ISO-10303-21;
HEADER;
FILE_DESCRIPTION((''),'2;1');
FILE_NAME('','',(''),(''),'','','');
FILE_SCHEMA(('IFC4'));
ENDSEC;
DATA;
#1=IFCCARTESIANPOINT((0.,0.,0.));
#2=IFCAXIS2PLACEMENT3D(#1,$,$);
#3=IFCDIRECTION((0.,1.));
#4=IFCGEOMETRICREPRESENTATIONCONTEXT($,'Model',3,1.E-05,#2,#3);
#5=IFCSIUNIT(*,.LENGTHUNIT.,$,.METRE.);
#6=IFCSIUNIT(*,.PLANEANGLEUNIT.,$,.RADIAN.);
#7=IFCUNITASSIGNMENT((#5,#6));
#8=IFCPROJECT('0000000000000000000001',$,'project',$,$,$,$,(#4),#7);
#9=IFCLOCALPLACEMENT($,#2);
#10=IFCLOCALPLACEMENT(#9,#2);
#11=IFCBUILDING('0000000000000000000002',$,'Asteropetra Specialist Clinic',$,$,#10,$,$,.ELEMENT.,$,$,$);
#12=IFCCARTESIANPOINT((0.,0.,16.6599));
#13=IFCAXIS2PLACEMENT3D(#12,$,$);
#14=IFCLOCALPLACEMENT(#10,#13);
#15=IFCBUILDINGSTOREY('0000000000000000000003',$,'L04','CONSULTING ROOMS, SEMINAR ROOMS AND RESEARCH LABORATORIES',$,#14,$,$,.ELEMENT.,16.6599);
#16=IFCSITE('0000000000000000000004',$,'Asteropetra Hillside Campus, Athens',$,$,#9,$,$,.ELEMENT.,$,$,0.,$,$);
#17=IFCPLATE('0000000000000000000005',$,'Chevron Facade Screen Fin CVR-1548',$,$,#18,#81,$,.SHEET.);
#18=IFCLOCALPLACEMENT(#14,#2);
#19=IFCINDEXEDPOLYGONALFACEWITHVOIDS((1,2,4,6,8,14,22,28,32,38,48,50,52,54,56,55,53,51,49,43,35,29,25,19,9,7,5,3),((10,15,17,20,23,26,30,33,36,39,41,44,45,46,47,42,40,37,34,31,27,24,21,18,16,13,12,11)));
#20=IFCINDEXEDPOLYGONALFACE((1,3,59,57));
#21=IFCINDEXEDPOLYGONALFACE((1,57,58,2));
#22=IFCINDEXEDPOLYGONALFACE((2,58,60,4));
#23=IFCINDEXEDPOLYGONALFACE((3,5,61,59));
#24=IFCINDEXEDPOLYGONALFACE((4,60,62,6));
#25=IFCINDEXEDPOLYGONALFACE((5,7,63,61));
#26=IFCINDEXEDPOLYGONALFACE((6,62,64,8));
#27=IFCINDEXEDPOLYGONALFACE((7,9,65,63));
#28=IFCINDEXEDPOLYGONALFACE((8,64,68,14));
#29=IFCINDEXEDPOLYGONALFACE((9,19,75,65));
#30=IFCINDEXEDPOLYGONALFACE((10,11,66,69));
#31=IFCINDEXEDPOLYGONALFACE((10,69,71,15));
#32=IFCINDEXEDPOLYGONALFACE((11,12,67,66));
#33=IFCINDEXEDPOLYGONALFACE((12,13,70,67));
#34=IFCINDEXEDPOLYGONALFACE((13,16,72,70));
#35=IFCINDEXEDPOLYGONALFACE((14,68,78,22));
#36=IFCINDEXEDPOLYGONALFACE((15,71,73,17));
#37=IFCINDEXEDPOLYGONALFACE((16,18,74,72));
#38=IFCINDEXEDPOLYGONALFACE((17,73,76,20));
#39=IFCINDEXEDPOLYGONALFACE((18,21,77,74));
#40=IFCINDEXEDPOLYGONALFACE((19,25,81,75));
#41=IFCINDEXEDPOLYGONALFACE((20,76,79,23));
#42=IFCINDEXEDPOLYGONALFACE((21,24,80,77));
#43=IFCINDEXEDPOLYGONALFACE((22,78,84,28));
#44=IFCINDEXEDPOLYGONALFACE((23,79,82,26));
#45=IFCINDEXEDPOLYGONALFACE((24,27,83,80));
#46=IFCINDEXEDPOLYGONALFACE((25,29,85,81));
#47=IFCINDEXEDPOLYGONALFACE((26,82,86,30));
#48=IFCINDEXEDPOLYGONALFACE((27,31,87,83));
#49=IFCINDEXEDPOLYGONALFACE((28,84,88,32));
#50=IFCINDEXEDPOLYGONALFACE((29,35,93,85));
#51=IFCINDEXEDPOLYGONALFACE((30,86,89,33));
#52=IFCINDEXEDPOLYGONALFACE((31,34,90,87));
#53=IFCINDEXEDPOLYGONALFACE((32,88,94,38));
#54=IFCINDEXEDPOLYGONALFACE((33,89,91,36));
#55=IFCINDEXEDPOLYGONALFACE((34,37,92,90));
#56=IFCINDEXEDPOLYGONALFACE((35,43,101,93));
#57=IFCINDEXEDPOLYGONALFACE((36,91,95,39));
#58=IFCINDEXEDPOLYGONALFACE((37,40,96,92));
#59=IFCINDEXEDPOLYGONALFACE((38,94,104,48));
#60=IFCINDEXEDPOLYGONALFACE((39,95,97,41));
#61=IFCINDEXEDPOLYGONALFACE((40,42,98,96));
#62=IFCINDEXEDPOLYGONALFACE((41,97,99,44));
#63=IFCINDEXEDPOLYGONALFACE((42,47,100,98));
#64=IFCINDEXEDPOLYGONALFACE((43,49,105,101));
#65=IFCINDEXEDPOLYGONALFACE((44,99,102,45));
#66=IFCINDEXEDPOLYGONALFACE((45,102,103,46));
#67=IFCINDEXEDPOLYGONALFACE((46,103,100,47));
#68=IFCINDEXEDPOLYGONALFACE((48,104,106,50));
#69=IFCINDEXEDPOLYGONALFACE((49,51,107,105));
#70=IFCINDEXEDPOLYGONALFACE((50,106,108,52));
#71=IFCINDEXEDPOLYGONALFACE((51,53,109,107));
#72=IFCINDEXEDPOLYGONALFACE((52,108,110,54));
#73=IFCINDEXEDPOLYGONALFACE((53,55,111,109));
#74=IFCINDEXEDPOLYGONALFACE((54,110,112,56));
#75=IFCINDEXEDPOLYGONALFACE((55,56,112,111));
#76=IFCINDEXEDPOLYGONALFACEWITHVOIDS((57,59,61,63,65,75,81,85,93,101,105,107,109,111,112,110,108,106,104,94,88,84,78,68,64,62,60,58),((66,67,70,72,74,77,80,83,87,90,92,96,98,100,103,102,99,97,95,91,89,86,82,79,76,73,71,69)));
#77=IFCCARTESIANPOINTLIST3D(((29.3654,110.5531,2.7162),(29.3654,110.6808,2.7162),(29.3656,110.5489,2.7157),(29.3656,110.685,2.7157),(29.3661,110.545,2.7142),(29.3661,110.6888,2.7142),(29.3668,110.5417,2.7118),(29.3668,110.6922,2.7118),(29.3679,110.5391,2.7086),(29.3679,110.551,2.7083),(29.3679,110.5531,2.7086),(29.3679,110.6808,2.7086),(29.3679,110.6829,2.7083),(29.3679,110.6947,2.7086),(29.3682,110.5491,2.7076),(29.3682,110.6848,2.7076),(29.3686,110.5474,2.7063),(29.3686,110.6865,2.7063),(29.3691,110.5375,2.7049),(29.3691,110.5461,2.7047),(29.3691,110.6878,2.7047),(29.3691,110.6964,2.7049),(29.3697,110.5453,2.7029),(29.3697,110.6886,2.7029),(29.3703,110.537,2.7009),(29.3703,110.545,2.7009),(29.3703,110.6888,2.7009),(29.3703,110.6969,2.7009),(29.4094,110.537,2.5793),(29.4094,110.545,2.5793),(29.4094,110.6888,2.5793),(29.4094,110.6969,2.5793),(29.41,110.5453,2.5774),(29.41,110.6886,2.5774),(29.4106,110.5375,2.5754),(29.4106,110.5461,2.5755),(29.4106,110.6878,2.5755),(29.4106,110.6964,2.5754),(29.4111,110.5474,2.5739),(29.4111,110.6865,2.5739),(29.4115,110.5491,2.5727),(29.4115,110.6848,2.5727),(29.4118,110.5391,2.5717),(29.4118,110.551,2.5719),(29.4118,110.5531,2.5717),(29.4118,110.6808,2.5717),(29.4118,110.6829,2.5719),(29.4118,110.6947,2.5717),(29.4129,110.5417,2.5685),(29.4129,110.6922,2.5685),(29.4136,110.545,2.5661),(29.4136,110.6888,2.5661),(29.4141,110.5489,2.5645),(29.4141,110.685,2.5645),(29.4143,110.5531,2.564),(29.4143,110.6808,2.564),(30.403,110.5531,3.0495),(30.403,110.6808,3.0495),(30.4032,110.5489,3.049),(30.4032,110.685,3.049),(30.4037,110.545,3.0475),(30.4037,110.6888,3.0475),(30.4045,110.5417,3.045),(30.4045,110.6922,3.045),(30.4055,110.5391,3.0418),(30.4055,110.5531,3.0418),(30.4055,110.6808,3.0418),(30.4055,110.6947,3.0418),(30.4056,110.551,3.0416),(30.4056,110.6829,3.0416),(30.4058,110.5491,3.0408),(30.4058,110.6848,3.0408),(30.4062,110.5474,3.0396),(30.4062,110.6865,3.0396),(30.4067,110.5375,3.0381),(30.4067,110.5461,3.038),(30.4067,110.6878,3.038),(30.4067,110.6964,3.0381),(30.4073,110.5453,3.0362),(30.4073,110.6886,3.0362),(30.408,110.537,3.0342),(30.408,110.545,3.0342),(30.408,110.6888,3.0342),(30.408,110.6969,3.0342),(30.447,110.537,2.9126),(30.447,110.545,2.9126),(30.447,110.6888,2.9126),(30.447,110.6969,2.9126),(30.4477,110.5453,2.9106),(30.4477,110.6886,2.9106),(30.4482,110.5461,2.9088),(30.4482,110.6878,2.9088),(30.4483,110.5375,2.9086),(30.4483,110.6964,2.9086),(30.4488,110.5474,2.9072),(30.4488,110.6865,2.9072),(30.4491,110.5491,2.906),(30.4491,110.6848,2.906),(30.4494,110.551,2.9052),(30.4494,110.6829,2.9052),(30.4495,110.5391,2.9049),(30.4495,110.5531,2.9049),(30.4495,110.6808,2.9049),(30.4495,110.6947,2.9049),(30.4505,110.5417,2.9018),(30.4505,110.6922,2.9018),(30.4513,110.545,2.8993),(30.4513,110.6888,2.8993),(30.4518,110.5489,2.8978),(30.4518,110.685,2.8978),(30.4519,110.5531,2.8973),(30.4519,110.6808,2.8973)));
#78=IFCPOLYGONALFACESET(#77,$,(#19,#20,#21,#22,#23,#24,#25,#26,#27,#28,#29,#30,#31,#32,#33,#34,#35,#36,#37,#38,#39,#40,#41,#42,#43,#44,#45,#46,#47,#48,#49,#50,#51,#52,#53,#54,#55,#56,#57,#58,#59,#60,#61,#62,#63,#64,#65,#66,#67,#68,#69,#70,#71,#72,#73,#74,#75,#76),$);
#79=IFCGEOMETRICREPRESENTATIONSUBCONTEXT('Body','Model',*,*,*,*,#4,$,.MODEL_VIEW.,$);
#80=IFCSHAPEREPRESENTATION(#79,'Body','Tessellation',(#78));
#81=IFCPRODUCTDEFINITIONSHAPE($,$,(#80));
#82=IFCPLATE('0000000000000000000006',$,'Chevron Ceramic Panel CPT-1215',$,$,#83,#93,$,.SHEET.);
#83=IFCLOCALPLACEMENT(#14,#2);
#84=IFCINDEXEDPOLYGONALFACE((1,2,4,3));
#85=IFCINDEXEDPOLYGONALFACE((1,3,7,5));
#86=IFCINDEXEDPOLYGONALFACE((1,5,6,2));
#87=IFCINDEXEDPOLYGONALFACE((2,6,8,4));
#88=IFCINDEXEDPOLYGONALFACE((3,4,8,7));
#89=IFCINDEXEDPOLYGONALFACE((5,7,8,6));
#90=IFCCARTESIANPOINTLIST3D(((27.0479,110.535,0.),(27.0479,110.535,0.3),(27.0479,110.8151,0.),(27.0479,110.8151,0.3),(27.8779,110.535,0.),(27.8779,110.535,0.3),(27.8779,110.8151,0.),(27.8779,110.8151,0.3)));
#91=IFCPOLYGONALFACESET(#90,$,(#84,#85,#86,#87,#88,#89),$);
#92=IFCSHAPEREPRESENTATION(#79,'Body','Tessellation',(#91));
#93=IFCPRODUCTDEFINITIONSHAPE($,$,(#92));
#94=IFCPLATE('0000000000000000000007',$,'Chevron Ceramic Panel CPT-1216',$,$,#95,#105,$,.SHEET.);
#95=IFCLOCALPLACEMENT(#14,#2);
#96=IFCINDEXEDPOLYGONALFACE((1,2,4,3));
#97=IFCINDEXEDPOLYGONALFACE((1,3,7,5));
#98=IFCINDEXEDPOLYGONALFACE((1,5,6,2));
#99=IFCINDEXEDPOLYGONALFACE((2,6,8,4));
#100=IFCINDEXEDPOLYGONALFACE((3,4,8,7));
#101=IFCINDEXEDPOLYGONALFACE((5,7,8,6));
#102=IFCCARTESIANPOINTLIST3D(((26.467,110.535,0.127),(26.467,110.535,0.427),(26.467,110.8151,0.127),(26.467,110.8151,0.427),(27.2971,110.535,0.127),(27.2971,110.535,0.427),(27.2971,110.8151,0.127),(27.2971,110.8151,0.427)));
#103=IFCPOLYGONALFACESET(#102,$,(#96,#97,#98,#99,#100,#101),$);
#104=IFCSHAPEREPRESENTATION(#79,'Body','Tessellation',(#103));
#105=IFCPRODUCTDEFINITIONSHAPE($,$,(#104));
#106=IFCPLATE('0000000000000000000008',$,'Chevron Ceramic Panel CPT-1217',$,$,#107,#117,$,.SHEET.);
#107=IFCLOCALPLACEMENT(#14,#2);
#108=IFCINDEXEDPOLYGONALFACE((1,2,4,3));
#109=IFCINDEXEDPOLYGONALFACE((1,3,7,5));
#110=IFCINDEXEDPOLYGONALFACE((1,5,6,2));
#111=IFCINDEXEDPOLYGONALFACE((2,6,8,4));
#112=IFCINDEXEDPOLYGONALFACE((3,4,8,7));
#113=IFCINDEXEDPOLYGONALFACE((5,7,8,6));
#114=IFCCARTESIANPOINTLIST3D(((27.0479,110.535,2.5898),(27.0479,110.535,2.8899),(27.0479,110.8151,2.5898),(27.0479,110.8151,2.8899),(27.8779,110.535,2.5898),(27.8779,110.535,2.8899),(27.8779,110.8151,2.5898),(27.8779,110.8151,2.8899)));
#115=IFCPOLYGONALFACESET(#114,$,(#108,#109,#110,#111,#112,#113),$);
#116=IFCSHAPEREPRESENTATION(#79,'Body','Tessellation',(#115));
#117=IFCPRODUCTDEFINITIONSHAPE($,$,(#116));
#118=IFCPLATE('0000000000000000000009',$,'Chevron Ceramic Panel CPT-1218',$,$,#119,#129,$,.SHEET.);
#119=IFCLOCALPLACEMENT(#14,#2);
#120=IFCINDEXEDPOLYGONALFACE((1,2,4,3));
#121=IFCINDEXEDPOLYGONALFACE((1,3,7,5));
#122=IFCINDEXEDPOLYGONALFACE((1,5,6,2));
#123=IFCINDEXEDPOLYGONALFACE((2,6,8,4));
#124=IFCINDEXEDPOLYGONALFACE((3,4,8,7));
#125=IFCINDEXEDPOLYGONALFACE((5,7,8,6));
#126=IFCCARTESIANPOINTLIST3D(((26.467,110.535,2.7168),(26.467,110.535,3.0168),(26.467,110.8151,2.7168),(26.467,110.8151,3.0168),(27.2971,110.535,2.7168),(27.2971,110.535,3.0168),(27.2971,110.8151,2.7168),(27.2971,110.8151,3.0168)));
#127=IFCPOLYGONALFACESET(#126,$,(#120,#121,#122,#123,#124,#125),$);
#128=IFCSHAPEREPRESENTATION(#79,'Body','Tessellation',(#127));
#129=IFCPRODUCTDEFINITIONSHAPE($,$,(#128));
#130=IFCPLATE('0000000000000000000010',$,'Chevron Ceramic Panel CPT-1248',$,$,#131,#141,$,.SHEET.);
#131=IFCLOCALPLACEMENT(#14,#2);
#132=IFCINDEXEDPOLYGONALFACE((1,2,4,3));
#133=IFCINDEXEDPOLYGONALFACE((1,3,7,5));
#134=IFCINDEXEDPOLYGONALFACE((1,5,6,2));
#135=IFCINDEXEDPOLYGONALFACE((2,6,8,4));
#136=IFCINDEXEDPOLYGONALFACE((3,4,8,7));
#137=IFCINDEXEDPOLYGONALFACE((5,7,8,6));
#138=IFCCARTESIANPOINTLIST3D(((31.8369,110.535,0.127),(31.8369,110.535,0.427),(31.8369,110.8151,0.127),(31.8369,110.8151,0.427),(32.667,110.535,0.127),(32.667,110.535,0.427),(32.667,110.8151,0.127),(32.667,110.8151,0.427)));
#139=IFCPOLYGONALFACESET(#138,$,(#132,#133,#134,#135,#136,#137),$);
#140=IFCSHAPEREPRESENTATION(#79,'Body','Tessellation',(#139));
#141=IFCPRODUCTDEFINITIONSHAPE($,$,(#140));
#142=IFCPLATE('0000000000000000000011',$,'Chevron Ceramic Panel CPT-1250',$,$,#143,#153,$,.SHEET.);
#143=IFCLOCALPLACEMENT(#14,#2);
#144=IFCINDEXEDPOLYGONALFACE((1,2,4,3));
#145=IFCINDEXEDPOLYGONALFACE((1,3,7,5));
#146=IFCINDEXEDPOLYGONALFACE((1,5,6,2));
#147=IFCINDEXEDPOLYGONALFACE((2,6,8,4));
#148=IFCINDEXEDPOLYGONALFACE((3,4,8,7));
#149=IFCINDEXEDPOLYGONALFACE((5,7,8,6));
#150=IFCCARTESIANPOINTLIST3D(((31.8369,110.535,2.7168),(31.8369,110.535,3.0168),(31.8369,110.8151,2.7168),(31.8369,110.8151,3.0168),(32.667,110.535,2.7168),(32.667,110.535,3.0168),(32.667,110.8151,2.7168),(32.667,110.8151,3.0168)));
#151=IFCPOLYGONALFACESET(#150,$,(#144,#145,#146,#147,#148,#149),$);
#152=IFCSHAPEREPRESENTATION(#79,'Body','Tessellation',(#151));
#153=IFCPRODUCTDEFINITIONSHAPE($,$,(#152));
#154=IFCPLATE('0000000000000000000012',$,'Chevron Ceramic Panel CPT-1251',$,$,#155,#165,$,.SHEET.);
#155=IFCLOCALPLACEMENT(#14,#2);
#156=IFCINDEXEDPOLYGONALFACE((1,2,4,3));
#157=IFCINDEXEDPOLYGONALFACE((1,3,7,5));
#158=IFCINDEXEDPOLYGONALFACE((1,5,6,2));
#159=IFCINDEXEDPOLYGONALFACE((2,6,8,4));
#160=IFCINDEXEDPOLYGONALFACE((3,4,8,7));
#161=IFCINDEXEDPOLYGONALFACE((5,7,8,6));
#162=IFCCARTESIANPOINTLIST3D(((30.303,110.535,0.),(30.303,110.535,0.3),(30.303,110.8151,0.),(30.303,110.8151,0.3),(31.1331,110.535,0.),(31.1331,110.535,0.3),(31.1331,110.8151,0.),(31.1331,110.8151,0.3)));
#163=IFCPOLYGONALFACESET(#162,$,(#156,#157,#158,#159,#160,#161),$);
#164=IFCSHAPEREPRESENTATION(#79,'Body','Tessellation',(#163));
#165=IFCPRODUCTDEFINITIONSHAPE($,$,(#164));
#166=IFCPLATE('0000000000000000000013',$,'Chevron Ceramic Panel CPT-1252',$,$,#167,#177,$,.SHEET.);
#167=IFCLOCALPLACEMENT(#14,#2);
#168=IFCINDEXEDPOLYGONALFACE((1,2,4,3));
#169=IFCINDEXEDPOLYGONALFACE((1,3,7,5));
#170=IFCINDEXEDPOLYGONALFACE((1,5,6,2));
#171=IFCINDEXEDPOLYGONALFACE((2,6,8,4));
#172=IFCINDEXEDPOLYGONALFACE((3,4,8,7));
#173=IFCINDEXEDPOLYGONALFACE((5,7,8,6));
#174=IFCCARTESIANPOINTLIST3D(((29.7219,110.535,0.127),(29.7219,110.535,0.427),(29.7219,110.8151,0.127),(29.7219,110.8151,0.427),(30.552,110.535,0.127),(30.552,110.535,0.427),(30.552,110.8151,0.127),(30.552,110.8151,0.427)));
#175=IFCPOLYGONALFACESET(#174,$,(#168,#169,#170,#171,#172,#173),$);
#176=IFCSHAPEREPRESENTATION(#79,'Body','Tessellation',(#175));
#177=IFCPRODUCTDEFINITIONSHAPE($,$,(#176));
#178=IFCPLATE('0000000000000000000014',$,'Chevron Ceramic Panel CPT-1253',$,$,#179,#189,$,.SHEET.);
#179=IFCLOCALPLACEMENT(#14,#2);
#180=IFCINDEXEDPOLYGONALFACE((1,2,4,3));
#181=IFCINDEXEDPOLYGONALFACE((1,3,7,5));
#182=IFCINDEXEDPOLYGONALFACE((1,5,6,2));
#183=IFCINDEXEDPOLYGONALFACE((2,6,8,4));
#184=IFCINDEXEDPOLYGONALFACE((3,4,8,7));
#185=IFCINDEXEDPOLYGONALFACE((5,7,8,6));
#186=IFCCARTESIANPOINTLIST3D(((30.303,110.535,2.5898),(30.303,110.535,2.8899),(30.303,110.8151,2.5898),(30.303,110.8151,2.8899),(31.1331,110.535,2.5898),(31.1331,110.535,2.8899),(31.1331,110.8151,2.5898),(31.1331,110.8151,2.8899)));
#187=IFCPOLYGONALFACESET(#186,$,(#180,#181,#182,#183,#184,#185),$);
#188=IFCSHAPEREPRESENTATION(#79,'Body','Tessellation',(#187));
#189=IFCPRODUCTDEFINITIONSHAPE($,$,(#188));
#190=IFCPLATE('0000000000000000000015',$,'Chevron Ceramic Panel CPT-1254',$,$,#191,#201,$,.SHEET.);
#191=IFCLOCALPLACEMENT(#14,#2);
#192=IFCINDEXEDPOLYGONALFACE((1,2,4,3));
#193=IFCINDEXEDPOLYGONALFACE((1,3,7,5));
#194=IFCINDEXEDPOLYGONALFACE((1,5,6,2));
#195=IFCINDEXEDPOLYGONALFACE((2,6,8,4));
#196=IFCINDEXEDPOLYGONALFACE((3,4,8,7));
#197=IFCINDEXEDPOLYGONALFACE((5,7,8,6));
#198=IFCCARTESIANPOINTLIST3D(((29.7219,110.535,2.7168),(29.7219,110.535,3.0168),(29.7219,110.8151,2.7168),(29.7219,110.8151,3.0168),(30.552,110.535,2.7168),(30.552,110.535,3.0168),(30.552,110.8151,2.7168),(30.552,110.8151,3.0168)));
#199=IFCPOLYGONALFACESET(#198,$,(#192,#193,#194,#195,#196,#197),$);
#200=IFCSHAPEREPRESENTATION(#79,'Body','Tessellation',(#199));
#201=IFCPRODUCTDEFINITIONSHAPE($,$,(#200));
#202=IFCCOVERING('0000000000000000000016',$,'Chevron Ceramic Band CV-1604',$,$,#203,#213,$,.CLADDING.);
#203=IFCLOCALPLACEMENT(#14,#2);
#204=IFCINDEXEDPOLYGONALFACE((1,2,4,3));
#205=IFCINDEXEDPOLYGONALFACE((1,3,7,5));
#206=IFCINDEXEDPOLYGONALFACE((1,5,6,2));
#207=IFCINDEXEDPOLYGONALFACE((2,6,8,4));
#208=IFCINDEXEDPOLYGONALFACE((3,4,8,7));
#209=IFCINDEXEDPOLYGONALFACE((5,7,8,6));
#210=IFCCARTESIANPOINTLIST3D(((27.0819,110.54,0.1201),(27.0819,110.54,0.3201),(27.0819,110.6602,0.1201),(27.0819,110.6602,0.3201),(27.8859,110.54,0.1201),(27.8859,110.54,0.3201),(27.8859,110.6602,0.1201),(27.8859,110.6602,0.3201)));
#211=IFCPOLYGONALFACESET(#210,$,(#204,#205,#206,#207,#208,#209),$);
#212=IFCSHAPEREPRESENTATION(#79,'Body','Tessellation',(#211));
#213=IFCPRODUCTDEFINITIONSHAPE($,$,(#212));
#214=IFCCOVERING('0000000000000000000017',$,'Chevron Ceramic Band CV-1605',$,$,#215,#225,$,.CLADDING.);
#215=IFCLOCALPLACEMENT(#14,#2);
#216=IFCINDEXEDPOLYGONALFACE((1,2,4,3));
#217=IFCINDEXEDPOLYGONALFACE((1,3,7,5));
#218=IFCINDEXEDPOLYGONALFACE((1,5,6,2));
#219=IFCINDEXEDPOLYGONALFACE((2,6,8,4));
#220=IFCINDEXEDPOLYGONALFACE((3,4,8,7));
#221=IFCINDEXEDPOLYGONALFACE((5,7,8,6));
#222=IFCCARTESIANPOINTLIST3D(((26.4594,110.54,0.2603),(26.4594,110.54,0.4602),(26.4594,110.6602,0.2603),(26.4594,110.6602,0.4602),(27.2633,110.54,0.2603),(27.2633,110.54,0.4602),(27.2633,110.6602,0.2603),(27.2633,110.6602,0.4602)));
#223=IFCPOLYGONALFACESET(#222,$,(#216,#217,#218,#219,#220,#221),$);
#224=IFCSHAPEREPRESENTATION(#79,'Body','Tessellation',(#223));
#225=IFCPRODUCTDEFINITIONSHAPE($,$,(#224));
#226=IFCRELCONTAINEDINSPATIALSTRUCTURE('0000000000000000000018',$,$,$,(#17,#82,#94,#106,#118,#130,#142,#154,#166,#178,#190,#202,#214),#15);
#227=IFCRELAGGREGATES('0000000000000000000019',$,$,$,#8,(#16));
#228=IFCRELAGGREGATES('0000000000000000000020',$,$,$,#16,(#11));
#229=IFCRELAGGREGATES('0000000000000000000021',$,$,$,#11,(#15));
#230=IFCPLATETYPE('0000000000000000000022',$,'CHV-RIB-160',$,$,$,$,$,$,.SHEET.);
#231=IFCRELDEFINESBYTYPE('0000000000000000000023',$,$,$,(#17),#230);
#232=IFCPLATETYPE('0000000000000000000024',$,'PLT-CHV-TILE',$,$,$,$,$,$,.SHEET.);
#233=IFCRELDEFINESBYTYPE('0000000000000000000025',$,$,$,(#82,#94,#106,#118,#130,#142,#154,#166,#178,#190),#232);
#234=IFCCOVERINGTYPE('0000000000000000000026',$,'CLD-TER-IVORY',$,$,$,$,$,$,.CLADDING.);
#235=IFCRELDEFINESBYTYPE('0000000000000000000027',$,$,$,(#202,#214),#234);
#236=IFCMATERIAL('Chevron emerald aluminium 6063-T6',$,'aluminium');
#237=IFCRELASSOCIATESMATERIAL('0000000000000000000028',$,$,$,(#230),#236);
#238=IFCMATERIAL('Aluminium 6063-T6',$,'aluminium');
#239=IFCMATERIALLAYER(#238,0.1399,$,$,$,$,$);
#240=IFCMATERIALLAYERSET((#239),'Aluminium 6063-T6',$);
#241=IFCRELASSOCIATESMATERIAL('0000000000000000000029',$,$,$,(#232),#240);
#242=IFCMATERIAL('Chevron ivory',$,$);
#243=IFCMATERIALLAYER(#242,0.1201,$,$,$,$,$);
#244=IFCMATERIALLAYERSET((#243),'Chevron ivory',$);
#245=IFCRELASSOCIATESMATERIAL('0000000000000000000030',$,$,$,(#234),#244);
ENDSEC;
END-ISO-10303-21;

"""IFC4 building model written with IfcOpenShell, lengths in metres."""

from ifc_helpers import new_model, si_unit, direction, frame, origin, origin_2d, place, context, subcontext, project, spatial, rectangle, hollow_rectangle, extrude, material, layer, layer_set, material_profile, profile_set, type_object, element, save


model = new_model("IFC4")

# Units and contexts
model_context = context("Model", 3, precision=1e-05, world=origin(), true_north=direction((0.0, 1.0)))
body_context = subcontext(model_context, "Body", "Model", "MODEL_VIEW")
ifc_project = project(units=[si_unit("LENGTHUNIT", "METRE"), si_unit("PLANEANGLEUNIT", "RADIAN")], contexts=[model_context])

# Site, building, storey
site_placement = place(None, origin())
site = spatial("IfcSite", under=ifc_project, at=site_placement, Name="Asteropetra Hillside Campus, Athens", CompositionType="ELEMENT", RefElevation=0.0)
building_placement = place(site_placement, origin())
building = spatial("IfcBuilding", under=site, at=building_placement, Name="Asteropetra Specialist Clinic", CompositionType="ELEMENT")
storey_placement = place(building_placement, frame((0.0, 0.0, 16.6599)))
storey = spatial("IfcBuildingStorey", under=building, at=storey_placement, Name="L04", Description="CONSULTING ROOMS, SEMINAR ROOMS AND RESEARCH LABORATORIES", CompositionType="ELEMENT", Elevation=16.6599)

# Plates
ifc_material_1 = material(Name="Chevron emerald aluminium 6063-T6", Category="aluminium")
ifc_material_profile = material_profile(ifc_material_1, hollow_rectangle(XDim=0.1599, YDim=0.1599, WallThickness=0.0081, InnerFilletRadius=0.0081, OuterFilletRadius=0.0161, at=origin_2d()), Name="SHS 160x160x8.0")
ifc_profile_set = profile_set([ifc_material_profile], Name="Chevron emerald aluminium 6063-T6")
plate_type_1 = type_object("IfcPlateType", Name="CHV-RIB-160", PredefinedType="SHEET", material=ifc_profile_set)
for number, where, z_axis, x_axis, name in (
    (1, (30.4275, 110.6169, 2.9734), (-0.952098, 0.0, -0.305792), (0.0, -1.0, 0.0), "Chevron Facade Screen Fin CVR-1548"),
):
    element("IfcPlate", number, at=place(storey_placement, frame(where, z_axis=z_axis, x_axis=x_axis)), inside=storey, type_object=plate_type_1, Name=name, PredefinedType="SHEET", context=body_context, shape_type="SweptSolid", body=[
        extrude(hollow_rectangle(XDim=0.1599, YDim=0.1599, WallThickness=0.0081, InnerFilletRadius=0.0081, OuterFilletRadius=0.0161, at=origin_2d()), origin(), (0.0, 0.0, 1.0), 1.0898),
    ])
ifc_material_2 = material(Name="Aluminium 6063-T6", Category="aluminium")
ifc_layer_1 = layer(ifc_material_2, 0.1399)
ifc_layer_set_1 = layer_set([ifc_layer_1], Name="Aluminium 6063-T6")
plate_type_2 = type_object("IfcPlateType", Name="PLT-CHV-TILE", PredefinedType="SHEET", material=ifc_layer_set_1)
for number, where, z_axis, x_axis, name in (
    (2, (27.4629, 110.675, 0.0), (0.0, 0.0, 1.0), (1.0, 0.0, 0.0), "Chevron Ceramic Panel CPT-1215"),
    (3, (26.8821, 110.675, 0.127), (0.0, 0.0, 1.0), (1.0, 0.0, 0.0), "Chevron Ceramic Panel CPT-1216"),
    (4, (27.4629, 110.675, 2.5898), (0.0, 0.0, 1.0), (1.0, 0.0, 0.0), "Chevron Ceramic Panel CPT-1217"),
    (5, (26.8821, 110.675, 2.7168), (0.0, 0.0, 1.0), (1.0, 0.0, 0.0), "Chevron Ceramic Panel CPT-1218"),
    (6, (32.252, 110.675, 0.127), (0.0, 0.0, 1.0), (1.0, 0.0, 0.0), "Chevron Ceramic Panel CPT-1248"),
    (7, (32.252, 110.675, 2.7168), (0.0, 0.0, 1.0), (1.0, 0.0, 0.0), "Chevron Ceramic Panel CPT-1250"),
    (8, (30.718, 110.675, 0.0), (0.0, 0.0, 1.0), (1.0, 0.0, 0.0), "Chevron Ceramic Panel CPT-1251"),
    (9, (30.137, 110.675, 0.127), (0.0, 0.0, 1.0), (1.0, 0.0, 0.0), "Chevron Ceramic Panel CPT-1252"),
    (10, (30.718, 110.675, 2.5898), (0.0, 0.0, 1.0), (1.0, 0.0, 0.0), "Chevron Ceramic Panel CPT-1253"),
    (11, (30.137, 110.675, 2.7168), (0.0, 0.0, 1.0), (1.0, 0.0, 0.0), "Chevron Ceramic Panel CPT-1254"),
):
    element("IfcPlate", number, at=place(storey_placement, frame(where, z_axis=z_axis, x_axis=x_axis)), inside=storey, type_object=plate_type_2, Name=name, PredefinedType="SHEET", context=body_context, shape_type="SweptSolid", body=[
        extrude(rectangle(XDim=0.8301, YDim=0.28, at=origin_2d()), origin(), (0.0, 0.0, 1.0), 0.3),
    ])

# Coverings
ifc_material_3 = material(Name="Chevron ivory")
ifc_layer_2 = layer(ifc_material_3, 0.1201)
ifc_layer_set_2 = layer_set([ifc_layer_2], Name="Chevron ivory")
covering_type_1 = type_object("IfcCoveringType", Name="CLD-TER-IVORY", PredefinedType="CLADDING", material=ifc_layer_set_2)
for number, where, z_axis, x_axis, name in (
    (12, (27.4839, 110.6001, 0.1201), (0.0, 0.0, 1.0), (1.0, 0.0, 0.0), "Chevron Ceramic Band CV-1604"),
    (13, (26.8613, 110.6001, 0.2603), (0.0, 0.0, 1.0), (1.0, 0.0, 0.0), "Chevron Ceramic Band CV-1605"),
):
    element("IfcCovering", number, at=place(storey_placement, frame(where, z_axis=z_axis, x_axis=x_axis)), inside=storey, type_object=covering_type_1, Name=name, PredefinedType="CLADDING", context=body_context, shape_type="SweptSolid", body=[
        extrude(rectangle(XDim=0.804, YDim=0.1201, at=origin_2d()), origin(), (0.0, 0.0, 1.0), 0.2),
    ])

save(model, "model.ifc")
